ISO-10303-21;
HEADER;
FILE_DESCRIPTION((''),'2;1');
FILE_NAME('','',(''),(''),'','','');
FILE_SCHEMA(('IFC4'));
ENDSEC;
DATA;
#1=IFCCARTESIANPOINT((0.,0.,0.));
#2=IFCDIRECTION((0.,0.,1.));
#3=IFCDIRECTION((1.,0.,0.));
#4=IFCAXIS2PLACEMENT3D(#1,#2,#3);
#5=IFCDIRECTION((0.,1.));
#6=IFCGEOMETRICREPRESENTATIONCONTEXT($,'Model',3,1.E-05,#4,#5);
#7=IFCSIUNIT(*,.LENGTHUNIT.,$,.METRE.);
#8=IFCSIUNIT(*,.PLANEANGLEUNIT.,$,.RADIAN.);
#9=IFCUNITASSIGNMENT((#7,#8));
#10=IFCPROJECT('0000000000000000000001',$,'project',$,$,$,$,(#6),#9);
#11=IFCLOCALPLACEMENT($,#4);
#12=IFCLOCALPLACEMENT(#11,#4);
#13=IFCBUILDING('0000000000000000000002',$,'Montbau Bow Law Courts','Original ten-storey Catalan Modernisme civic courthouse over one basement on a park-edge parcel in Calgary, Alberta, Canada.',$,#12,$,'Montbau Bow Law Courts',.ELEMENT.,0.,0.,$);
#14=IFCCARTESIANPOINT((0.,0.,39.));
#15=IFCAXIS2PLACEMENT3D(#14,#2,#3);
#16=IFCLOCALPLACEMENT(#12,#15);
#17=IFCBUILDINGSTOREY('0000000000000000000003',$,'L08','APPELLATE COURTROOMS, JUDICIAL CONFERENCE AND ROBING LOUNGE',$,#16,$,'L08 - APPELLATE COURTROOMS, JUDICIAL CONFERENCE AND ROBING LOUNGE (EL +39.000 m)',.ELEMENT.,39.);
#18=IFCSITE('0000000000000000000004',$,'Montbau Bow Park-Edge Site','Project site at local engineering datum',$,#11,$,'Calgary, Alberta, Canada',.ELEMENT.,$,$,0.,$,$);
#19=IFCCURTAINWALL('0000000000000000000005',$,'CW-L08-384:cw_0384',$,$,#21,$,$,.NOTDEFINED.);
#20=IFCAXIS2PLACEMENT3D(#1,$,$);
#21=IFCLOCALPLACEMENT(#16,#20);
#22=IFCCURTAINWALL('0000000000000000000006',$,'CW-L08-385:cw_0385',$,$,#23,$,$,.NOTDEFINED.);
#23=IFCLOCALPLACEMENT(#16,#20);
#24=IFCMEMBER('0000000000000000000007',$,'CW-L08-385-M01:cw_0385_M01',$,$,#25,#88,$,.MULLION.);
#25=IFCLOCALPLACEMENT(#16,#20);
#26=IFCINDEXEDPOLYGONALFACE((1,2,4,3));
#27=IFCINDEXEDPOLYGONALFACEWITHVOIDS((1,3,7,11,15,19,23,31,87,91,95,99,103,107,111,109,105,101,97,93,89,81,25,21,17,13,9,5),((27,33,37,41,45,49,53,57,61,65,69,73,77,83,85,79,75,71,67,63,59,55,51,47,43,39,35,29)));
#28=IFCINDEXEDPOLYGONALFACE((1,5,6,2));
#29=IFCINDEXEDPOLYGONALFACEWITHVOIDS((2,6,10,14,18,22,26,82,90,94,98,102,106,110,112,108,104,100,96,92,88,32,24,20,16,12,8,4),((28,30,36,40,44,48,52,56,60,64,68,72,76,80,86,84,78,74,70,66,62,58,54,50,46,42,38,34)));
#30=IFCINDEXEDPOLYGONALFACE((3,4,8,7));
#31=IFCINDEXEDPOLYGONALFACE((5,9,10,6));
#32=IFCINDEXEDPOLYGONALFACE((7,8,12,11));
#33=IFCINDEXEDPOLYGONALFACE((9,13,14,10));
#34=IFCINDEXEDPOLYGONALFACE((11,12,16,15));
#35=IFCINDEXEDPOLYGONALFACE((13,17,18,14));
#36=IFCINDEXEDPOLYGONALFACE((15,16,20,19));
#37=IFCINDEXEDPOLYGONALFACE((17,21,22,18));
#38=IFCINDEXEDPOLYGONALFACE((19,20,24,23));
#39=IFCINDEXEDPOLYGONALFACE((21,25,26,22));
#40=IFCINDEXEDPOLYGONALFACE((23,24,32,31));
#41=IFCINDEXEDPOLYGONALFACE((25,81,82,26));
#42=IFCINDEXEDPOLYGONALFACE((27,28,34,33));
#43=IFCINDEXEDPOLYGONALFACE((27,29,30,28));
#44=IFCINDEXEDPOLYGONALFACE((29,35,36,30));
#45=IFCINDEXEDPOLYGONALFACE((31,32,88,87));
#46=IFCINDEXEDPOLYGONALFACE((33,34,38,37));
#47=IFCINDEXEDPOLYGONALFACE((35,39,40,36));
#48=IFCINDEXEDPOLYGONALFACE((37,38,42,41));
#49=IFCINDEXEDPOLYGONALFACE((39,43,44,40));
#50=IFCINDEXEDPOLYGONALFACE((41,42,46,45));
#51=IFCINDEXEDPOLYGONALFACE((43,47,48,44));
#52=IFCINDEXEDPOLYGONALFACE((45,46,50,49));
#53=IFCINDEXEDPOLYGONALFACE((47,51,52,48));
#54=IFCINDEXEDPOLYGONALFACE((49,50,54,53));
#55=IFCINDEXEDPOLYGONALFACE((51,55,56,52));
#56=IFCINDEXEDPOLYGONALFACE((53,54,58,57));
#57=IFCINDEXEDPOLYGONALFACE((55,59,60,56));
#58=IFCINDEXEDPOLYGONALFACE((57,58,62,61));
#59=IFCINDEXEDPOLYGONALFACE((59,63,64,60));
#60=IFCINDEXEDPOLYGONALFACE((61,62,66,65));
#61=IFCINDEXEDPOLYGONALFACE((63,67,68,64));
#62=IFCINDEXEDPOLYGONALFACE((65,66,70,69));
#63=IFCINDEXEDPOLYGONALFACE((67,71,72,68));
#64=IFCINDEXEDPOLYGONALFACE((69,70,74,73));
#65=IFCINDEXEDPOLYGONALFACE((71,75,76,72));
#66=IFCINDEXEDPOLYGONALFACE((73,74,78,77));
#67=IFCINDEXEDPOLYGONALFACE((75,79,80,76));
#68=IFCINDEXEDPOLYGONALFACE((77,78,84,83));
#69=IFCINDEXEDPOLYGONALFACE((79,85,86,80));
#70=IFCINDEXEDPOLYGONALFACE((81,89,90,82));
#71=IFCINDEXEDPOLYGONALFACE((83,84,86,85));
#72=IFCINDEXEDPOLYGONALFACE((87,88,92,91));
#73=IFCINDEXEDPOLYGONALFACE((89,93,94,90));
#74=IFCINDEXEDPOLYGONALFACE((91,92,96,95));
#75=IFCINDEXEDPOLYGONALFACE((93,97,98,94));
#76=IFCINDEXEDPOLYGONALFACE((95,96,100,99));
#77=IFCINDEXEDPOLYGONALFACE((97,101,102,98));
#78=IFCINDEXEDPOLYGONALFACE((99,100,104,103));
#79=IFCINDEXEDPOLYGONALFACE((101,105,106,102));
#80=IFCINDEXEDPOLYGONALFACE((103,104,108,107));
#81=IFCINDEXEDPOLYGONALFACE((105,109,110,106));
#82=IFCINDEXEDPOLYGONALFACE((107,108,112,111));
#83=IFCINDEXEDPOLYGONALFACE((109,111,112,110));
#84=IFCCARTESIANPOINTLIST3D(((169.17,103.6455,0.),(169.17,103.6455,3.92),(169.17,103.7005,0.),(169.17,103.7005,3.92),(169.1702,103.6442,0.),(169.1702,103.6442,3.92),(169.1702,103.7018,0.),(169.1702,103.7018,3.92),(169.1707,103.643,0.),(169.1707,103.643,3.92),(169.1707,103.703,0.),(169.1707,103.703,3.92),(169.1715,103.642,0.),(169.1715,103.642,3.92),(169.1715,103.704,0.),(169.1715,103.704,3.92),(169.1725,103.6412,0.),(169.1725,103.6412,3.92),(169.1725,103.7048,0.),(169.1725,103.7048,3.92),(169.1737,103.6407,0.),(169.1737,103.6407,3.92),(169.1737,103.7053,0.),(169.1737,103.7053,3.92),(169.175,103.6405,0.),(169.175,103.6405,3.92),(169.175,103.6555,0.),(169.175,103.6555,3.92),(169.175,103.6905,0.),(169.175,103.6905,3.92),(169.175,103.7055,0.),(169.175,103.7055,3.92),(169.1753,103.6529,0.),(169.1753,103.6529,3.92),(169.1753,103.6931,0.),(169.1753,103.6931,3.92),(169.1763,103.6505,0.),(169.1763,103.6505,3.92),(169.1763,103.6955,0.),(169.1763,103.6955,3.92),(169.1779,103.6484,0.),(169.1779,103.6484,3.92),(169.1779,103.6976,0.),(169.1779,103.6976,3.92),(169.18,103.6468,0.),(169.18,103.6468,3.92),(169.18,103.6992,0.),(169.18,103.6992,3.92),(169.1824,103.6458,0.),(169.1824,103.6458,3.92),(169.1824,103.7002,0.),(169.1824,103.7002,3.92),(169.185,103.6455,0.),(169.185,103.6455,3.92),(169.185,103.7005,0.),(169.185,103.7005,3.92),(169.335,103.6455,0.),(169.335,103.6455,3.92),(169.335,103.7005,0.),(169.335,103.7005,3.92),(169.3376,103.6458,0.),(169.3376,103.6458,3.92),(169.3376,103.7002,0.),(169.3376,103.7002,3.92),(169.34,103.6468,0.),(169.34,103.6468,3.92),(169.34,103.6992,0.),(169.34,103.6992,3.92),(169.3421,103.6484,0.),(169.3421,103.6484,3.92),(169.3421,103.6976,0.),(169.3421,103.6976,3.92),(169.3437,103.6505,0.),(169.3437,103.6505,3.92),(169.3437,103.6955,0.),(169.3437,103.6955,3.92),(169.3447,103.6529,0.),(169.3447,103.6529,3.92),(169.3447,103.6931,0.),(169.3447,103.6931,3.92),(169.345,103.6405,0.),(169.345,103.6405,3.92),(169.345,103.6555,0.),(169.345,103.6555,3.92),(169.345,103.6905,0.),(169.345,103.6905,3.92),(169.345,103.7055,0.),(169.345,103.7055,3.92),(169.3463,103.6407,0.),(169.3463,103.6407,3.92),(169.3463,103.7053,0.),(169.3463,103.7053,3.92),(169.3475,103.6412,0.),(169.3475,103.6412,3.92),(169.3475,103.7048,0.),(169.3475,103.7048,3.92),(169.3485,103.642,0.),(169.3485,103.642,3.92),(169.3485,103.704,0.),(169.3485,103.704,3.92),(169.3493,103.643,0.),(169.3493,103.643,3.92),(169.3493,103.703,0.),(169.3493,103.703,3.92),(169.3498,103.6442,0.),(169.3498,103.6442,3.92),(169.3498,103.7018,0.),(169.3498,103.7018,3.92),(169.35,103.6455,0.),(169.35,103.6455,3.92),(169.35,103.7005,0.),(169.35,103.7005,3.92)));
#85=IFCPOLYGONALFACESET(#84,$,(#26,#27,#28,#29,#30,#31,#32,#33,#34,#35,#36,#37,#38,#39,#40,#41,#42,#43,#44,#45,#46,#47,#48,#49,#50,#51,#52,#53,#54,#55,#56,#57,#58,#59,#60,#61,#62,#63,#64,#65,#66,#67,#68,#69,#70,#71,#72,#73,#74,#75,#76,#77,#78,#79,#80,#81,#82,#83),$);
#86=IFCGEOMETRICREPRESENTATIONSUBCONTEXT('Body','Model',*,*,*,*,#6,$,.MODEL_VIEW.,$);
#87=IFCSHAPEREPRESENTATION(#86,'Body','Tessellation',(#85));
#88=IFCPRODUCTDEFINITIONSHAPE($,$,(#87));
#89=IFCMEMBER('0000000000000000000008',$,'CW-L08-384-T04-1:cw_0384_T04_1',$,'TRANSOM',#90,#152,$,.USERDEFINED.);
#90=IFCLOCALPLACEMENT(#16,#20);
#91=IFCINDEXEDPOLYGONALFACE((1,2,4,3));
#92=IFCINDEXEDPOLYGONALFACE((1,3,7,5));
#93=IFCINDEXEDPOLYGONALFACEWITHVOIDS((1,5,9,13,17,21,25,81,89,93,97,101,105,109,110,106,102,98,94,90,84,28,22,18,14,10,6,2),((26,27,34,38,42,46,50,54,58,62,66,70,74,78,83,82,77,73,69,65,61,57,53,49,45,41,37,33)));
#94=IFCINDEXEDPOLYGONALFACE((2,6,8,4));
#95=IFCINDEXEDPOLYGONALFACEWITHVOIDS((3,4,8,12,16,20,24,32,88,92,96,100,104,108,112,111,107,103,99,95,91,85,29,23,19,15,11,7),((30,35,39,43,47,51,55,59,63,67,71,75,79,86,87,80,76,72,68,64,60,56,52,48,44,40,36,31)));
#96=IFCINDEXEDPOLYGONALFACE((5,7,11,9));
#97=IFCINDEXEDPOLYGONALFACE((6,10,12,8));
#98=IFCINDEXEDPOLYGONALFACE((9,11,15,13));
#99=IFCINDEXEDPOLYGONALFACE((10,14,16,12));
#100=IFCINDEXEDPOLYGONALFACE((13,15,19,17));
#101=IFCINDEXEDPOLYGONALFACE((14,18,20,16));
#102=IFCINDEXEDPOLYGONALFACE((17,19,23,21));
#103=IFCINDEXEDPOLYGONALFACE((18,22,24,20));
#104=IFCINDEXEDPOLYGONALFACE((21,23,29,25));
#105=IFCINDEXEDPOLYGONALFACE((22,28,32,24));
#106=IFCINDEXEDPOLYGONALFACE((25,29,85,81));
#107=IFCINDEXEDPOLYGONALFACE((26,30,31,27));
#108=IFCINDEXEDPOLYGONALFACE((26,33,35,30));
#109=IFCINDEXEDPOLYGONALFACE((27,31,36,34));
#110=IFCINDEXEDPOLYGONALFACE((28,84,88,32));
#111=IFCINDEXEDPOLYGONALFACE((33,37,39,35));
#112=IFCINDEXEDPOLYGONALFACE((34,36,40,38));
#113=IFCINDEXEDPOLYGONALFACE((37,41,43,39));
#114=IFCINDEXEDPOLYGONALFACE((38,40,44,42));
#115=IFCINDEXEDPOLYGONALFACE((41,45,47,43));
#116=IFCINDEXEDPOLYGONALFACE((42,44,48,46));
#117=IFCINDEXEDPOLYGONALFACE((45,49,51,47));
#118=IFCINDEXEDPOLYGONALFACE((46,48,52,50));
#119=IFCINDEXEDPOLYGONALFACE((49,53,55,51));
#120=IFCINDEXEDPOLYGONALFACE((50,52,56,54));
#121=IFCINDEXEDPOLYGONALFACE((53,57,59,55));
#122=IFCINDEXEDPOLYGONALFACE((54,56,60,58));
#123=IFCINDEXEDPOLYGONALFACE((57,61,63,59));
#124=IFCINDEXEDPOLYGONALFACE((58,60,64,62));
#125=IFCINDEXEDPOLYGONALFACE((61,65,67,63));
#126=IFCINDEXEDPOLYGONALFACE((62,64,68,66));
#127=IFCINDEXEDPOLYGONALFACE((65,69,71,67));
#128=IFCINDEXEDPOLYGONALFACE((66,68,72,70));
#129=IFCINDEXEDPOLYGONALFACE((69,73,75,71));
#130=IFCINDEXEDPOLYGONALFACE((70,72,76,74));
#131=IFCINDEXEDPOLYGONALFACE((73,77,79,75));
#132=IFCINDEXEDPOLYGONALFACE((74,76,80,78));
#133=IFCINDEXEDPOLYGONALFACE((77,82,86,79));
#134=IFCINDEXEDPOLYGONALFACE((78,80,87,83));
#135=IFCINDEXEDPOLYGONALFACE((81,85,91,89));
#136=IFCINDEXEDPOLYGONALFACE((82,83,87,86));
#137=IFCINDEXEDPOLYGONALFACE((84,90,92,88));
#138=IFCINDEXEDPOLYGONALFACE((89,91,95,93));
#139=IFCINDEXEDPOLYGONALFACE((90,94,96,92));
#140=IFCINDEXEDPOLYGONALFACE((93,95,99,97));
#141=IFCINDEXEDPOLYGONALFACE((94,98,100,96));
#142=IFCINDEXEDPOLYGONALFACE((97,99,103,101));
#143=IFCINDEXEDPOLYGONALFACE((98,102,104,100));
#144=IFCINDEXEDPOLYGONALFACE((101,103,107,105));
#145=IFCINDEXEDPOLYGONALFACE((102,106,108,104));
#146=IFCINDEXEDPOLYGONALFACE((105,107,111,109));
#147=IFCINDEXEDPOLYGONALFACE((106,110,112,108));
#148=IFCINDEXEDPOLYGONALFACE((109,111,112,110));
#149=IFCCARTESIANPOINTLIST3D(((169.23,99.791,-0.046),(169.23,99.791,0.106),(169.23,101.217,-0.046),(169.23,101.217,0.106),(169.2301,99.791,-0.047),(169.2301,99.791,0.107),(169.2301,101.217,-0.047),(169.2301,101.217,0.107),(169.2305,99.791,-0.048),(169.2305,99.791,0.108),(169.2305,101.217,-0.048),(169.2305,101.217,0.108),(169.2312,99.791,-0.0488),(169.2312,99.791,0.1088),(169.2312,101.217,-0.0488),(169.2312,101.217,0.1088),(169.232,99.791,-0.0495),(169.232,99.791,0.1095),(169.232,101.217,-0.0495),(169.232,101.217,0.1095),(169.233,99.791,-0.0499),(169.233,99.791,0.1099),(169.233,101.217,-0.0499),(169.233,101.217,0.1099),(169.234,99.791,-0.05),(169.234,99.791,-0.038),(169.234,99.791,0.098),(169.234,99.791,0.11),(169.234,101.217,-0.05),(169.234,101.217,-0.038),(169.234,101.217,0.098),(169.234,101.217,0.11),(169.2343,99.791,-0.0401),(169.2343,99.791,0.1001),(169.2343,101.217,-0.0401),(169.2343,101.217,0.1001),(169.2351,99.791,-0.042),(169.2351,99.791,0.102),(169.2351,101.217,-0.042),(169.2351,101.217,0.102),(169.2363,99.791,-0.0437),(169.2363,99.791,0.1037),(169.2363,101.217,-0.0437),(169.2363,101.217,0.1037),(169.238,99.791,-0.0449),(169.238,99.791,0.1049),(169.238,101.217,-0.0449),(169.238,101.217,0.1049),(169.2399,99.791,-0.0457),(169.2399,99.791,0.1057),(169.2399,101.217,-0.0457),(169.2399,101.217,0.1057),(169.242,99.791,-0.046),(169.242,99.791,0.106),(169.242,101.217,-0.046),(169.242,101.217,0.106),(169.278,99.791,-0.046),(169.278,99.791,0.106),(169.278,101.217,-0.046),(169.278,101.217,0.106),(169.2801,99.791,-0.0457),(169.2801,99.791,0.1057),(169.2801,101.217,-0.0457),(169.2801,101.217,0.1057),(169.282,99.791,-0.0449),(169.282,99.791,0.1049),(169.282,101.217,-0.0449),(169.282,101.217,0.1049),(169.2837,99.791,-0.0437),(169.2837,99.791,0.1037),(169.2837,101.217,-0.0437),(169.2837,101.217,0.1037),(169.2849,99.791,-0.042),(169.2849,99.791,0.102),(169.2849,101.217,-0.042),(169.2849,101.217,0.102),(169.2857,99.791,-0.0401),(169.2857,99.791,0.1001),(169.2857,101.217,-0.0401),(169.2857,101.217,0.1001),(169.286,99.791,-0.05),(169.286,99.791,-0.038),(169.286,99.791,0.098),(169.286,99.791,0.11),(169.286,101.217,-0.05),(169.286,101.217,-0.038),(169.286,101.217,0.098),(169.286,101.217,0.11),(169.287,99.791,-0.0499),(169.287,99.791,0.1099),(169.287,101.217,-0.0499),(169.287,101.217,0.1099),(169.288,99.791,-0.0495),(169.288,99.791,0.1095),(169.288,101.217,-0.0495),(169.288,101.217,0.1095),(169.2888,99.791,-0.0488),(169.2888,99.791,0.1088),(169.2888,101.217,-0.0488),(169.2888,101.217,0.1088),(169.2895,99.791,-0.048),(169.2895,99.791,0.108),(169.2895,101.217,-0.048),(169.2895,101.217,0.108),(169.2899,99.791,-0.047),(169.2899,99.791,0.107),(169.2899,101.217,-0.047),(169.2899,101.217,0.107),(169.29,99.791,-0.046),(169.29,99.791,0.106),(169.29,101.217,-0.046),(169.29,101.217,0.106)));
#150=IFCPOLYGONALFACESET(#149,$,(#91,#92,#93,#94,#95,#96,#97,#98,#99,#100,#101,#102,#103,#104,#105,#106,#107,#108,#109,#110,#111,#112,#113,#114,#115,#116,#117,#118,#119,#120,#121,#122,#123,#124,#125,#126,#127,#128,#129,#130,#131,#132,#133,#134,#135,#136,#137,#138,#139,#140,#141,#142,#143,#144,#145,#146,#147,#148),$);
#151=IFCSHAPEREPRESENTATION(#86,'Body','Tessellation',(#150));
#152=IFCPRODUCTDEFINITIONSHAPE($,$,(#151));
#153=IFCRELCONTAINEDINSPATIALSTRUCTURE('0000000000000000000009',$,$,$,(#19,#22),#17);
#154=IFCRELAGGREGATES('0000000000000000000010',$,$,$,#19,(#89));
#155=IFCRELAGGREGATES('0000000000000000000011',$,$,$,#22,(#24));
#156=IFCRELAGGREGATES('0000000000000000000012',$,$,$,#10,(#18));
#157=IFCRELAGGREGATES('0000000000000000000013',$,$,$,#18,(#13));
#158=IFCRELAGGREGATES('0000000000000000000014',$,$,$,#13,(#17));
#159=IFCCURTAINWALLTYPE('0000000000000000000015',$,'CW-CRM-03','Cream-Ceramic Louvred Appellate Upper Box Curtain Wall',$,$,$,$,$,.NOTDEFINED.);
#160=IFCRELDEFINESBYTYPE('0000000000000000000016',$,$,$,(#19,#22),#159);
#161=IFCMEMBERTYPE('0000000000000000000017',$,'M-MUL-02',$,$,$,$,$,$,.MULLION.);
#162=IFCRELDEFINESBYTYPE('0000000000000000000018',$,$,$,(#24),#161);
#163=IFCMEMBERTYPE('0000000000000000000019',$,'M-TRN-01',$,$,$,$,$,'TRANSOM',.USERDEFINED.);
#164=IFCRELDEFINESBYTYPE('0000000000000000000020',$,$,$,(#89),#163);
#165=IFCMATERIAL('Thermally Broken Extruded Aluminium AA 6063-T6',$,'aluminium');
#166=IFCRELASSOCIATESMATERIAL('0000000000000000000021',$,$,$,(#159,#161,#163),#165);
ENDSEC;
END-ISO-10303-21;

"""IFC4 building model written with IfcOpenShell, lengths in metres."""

from ifc_helpers import new_model, si_unit, direction, frame, origin_with_axes, origin_2d_with_axis, place, context, subcontext, project, spatial, hollow_rectangle, extrude, material, material_profile, profile_set, type_object, element, aggregate, save


model = new_model("IFC4")

# Units and contexts
model_context = context("Model", 3, precision=1e-05, world=origin_with_axes(), true_north=direction((0.0, 1.0)))
body_context = subcontext(model_context, "Body", "Model", "MODEL_VIEW")
ifc_project = project(units=[si_unit("LENGTHUNIT", "METRE"), si_unit("PLANEANGLEUNIT", "RADIAN")], contexts=[model_context])

# Site, building, storey
site_placement = place(None, origin_with_axes())
site = spatial("IfcSite", under=ifc_project, at=site_placement, Name="Montbau Bow Park-Edge Site", Description="Project site at local engineering datum", LongName="Calgary, Alberta, Canada", CompositionType="ELEMENT", RefElevation=0.0)
building_placement = place(site_placement, origin_with_axes())
building = spatial("IfcBuilding", under=site, at=building_placement, Name="Montbau Bow Law Courts", Description="Original ten-storey Catalan Modernisme civic courthouse over one basement on a park-edge parcel in Calgary, Alberta, Canada.", LongName="Montbau Bow Law Courts", CompositionType="ELEMENT", ElevationOfRefHeight=0.0, ElevationOfTerrain=0.0)
storey_placement = place(building_placement, frame((0.0, 0.0, 39.0), z_axis=(0.0, 0.0, 1.0), x_axis=(1.0, 0.0, 0.0)))
storey = spatial("IfcBuildingStorey", under=building, at=storey_placement, Name="L08", Description="APPELLATE COURTROOMS, JUDICIAL CONFERENCE AND ROBING LOUNGE", LongName="L08 - APPELLATE COURTROOMS, JUDICIAL CONFERENCE AND ROBING LOUNGE (EL +39.000 m)", CompositionType="ELEMENT", Elevation=39.0)

# Curtain wall
ifc_material_1 = material(Name="Thermally Broken Extruded Aluminium AA 6063-T6", Category="aluminium")
curtain_wall_type = type_object("IfcCurtainWallType", Name="CW-CRM-03", Description="Cream-Ceramic Louvred Appellate Upper Box Curtain Wall", PredefinedType="NOTDEFINED", material=ifc_material_1)
curtain_wall_1_placement = place(None, frame((169.26, 95.24, 39.0), z_axis=(0.0, 0.0, 1.0), x_axis=(1.0, 0.0, 0.0)))
curtain_wall_1 = element("IfcCurtainWall", 1, at=curtain_wall_1_placement, inside=storey, type_object=curtain_wall_type, Name="CW-L08-384:cw_0384", PredefinedType="NOTDEFINED")

# Curtain wall, member
curtain_wall_2_placement = place(None, frame((169.26, 103.64, 39.0), z_axis=(0.0, 0.0, 1.0), x_axis=(1.0, 0.0, 0.0)))
curtain_wall_2 = element("IfcCurtainWall", 2, at=curtain_wall_2_placement, inside=storey, type_object=curtain_wall_type, Name="CW-L08-385:cw_0385", PredefinedType="NOTDEFINED")
ifc_material_profile_1 = material_profile(ifc_material_1, hollow_rectangle(XDim=0.065, YDim=0.18, WallThickness=0.005, InnerFilletRadius=0.01, OuterFilletRadius=0.005, at=origin_2d_with_axis()), Name="CWM-180X65", Category="Main", Priority=0)
ifc_profile_set_1 = profile_set([ifc_material_profile_1], Name="Thermally Broken Extruded Aluminium AA 6063-T6")
member_type_1 = type_object("IfcMemberType", Name="M-MUL-02", PredefinedType="MULLION", material=ifc_profile_set_1)
member_1_placement = place(None, frame((169.26, 103.673, 39.0), z_axis=(0.0, 0.0, 1.0), x_axis=(0.0, 1.0, 0.0)))
member_1 = element("IfcMember", 3, at=member_1_placement, type_object=member_type_1, Name="CW-L08-385-M01:cw_0385_M01", PredefinedType="MULLION", context=body_context, shape_type="SweptSolid", body=[
    extrude(hollow_rectangle(XDim=0.065, YDim=0.18, WallThickness=0.005, InnerFilletRadius=0.01, OuterFilletRadius=0.005, at=origin_2d_with_axis()), origin_with_axes(), (0.0, 0.0, 1.0), 3.92),
])

# Member
ifc_material_profile_2 = material_profile(ifc_material_1, hollow_rectangle(XDim=0.06, YDim=0.16, WallThickness=0.004, InnerFilletRadius=0.008, OuterFilletRadius=0.004, at=origin_2d_with_axis()), Name="CWT-160X60", Category="Main", Priority=0)
ifc_profile_set_2 = profile_set([ifc_material_profile_2], Name="Thermally Broken Extruded Aluminium AA 6063-T6")
member_type_2 = type_object("IfcMemberType", Name="M-TRN-01", ElementType="TRANSOM", PredefinedType="USERDEFINED", material=ifc_profile_set_2)
member_2_placement = place(None, frame((169.26, 99.791, 39.03), z_axis=(0.0, 1.0, 0.0), x_axis=(-1.0, 0.0, 0.0)))
member_2 = element("IfcMember", 4, at=member_2_placement, type_object=member_type_2, Name="CW-L08-384-T04-1:cw_0384_T04_1", ObjectType="TRANSOM", PredefinedType="USERDEFINED", context=body_context, shape_type="SweptSolid", body=[
    extrude(hollow_rectangle(XDim=0.06, YDim=0.16, WallThickness=0.004, InnerFilletRadius=0.008, OuterFilletRadius=0.004, at=origin_2d_with_axis()), origin_with_axes(), (0.0, 0.0, 1.0), 1.426),
])

aggregate(curtain_wall_1, [member_2])
aggregate(curtain_wall_2, [member_1])

save(model, "model.ifc")
